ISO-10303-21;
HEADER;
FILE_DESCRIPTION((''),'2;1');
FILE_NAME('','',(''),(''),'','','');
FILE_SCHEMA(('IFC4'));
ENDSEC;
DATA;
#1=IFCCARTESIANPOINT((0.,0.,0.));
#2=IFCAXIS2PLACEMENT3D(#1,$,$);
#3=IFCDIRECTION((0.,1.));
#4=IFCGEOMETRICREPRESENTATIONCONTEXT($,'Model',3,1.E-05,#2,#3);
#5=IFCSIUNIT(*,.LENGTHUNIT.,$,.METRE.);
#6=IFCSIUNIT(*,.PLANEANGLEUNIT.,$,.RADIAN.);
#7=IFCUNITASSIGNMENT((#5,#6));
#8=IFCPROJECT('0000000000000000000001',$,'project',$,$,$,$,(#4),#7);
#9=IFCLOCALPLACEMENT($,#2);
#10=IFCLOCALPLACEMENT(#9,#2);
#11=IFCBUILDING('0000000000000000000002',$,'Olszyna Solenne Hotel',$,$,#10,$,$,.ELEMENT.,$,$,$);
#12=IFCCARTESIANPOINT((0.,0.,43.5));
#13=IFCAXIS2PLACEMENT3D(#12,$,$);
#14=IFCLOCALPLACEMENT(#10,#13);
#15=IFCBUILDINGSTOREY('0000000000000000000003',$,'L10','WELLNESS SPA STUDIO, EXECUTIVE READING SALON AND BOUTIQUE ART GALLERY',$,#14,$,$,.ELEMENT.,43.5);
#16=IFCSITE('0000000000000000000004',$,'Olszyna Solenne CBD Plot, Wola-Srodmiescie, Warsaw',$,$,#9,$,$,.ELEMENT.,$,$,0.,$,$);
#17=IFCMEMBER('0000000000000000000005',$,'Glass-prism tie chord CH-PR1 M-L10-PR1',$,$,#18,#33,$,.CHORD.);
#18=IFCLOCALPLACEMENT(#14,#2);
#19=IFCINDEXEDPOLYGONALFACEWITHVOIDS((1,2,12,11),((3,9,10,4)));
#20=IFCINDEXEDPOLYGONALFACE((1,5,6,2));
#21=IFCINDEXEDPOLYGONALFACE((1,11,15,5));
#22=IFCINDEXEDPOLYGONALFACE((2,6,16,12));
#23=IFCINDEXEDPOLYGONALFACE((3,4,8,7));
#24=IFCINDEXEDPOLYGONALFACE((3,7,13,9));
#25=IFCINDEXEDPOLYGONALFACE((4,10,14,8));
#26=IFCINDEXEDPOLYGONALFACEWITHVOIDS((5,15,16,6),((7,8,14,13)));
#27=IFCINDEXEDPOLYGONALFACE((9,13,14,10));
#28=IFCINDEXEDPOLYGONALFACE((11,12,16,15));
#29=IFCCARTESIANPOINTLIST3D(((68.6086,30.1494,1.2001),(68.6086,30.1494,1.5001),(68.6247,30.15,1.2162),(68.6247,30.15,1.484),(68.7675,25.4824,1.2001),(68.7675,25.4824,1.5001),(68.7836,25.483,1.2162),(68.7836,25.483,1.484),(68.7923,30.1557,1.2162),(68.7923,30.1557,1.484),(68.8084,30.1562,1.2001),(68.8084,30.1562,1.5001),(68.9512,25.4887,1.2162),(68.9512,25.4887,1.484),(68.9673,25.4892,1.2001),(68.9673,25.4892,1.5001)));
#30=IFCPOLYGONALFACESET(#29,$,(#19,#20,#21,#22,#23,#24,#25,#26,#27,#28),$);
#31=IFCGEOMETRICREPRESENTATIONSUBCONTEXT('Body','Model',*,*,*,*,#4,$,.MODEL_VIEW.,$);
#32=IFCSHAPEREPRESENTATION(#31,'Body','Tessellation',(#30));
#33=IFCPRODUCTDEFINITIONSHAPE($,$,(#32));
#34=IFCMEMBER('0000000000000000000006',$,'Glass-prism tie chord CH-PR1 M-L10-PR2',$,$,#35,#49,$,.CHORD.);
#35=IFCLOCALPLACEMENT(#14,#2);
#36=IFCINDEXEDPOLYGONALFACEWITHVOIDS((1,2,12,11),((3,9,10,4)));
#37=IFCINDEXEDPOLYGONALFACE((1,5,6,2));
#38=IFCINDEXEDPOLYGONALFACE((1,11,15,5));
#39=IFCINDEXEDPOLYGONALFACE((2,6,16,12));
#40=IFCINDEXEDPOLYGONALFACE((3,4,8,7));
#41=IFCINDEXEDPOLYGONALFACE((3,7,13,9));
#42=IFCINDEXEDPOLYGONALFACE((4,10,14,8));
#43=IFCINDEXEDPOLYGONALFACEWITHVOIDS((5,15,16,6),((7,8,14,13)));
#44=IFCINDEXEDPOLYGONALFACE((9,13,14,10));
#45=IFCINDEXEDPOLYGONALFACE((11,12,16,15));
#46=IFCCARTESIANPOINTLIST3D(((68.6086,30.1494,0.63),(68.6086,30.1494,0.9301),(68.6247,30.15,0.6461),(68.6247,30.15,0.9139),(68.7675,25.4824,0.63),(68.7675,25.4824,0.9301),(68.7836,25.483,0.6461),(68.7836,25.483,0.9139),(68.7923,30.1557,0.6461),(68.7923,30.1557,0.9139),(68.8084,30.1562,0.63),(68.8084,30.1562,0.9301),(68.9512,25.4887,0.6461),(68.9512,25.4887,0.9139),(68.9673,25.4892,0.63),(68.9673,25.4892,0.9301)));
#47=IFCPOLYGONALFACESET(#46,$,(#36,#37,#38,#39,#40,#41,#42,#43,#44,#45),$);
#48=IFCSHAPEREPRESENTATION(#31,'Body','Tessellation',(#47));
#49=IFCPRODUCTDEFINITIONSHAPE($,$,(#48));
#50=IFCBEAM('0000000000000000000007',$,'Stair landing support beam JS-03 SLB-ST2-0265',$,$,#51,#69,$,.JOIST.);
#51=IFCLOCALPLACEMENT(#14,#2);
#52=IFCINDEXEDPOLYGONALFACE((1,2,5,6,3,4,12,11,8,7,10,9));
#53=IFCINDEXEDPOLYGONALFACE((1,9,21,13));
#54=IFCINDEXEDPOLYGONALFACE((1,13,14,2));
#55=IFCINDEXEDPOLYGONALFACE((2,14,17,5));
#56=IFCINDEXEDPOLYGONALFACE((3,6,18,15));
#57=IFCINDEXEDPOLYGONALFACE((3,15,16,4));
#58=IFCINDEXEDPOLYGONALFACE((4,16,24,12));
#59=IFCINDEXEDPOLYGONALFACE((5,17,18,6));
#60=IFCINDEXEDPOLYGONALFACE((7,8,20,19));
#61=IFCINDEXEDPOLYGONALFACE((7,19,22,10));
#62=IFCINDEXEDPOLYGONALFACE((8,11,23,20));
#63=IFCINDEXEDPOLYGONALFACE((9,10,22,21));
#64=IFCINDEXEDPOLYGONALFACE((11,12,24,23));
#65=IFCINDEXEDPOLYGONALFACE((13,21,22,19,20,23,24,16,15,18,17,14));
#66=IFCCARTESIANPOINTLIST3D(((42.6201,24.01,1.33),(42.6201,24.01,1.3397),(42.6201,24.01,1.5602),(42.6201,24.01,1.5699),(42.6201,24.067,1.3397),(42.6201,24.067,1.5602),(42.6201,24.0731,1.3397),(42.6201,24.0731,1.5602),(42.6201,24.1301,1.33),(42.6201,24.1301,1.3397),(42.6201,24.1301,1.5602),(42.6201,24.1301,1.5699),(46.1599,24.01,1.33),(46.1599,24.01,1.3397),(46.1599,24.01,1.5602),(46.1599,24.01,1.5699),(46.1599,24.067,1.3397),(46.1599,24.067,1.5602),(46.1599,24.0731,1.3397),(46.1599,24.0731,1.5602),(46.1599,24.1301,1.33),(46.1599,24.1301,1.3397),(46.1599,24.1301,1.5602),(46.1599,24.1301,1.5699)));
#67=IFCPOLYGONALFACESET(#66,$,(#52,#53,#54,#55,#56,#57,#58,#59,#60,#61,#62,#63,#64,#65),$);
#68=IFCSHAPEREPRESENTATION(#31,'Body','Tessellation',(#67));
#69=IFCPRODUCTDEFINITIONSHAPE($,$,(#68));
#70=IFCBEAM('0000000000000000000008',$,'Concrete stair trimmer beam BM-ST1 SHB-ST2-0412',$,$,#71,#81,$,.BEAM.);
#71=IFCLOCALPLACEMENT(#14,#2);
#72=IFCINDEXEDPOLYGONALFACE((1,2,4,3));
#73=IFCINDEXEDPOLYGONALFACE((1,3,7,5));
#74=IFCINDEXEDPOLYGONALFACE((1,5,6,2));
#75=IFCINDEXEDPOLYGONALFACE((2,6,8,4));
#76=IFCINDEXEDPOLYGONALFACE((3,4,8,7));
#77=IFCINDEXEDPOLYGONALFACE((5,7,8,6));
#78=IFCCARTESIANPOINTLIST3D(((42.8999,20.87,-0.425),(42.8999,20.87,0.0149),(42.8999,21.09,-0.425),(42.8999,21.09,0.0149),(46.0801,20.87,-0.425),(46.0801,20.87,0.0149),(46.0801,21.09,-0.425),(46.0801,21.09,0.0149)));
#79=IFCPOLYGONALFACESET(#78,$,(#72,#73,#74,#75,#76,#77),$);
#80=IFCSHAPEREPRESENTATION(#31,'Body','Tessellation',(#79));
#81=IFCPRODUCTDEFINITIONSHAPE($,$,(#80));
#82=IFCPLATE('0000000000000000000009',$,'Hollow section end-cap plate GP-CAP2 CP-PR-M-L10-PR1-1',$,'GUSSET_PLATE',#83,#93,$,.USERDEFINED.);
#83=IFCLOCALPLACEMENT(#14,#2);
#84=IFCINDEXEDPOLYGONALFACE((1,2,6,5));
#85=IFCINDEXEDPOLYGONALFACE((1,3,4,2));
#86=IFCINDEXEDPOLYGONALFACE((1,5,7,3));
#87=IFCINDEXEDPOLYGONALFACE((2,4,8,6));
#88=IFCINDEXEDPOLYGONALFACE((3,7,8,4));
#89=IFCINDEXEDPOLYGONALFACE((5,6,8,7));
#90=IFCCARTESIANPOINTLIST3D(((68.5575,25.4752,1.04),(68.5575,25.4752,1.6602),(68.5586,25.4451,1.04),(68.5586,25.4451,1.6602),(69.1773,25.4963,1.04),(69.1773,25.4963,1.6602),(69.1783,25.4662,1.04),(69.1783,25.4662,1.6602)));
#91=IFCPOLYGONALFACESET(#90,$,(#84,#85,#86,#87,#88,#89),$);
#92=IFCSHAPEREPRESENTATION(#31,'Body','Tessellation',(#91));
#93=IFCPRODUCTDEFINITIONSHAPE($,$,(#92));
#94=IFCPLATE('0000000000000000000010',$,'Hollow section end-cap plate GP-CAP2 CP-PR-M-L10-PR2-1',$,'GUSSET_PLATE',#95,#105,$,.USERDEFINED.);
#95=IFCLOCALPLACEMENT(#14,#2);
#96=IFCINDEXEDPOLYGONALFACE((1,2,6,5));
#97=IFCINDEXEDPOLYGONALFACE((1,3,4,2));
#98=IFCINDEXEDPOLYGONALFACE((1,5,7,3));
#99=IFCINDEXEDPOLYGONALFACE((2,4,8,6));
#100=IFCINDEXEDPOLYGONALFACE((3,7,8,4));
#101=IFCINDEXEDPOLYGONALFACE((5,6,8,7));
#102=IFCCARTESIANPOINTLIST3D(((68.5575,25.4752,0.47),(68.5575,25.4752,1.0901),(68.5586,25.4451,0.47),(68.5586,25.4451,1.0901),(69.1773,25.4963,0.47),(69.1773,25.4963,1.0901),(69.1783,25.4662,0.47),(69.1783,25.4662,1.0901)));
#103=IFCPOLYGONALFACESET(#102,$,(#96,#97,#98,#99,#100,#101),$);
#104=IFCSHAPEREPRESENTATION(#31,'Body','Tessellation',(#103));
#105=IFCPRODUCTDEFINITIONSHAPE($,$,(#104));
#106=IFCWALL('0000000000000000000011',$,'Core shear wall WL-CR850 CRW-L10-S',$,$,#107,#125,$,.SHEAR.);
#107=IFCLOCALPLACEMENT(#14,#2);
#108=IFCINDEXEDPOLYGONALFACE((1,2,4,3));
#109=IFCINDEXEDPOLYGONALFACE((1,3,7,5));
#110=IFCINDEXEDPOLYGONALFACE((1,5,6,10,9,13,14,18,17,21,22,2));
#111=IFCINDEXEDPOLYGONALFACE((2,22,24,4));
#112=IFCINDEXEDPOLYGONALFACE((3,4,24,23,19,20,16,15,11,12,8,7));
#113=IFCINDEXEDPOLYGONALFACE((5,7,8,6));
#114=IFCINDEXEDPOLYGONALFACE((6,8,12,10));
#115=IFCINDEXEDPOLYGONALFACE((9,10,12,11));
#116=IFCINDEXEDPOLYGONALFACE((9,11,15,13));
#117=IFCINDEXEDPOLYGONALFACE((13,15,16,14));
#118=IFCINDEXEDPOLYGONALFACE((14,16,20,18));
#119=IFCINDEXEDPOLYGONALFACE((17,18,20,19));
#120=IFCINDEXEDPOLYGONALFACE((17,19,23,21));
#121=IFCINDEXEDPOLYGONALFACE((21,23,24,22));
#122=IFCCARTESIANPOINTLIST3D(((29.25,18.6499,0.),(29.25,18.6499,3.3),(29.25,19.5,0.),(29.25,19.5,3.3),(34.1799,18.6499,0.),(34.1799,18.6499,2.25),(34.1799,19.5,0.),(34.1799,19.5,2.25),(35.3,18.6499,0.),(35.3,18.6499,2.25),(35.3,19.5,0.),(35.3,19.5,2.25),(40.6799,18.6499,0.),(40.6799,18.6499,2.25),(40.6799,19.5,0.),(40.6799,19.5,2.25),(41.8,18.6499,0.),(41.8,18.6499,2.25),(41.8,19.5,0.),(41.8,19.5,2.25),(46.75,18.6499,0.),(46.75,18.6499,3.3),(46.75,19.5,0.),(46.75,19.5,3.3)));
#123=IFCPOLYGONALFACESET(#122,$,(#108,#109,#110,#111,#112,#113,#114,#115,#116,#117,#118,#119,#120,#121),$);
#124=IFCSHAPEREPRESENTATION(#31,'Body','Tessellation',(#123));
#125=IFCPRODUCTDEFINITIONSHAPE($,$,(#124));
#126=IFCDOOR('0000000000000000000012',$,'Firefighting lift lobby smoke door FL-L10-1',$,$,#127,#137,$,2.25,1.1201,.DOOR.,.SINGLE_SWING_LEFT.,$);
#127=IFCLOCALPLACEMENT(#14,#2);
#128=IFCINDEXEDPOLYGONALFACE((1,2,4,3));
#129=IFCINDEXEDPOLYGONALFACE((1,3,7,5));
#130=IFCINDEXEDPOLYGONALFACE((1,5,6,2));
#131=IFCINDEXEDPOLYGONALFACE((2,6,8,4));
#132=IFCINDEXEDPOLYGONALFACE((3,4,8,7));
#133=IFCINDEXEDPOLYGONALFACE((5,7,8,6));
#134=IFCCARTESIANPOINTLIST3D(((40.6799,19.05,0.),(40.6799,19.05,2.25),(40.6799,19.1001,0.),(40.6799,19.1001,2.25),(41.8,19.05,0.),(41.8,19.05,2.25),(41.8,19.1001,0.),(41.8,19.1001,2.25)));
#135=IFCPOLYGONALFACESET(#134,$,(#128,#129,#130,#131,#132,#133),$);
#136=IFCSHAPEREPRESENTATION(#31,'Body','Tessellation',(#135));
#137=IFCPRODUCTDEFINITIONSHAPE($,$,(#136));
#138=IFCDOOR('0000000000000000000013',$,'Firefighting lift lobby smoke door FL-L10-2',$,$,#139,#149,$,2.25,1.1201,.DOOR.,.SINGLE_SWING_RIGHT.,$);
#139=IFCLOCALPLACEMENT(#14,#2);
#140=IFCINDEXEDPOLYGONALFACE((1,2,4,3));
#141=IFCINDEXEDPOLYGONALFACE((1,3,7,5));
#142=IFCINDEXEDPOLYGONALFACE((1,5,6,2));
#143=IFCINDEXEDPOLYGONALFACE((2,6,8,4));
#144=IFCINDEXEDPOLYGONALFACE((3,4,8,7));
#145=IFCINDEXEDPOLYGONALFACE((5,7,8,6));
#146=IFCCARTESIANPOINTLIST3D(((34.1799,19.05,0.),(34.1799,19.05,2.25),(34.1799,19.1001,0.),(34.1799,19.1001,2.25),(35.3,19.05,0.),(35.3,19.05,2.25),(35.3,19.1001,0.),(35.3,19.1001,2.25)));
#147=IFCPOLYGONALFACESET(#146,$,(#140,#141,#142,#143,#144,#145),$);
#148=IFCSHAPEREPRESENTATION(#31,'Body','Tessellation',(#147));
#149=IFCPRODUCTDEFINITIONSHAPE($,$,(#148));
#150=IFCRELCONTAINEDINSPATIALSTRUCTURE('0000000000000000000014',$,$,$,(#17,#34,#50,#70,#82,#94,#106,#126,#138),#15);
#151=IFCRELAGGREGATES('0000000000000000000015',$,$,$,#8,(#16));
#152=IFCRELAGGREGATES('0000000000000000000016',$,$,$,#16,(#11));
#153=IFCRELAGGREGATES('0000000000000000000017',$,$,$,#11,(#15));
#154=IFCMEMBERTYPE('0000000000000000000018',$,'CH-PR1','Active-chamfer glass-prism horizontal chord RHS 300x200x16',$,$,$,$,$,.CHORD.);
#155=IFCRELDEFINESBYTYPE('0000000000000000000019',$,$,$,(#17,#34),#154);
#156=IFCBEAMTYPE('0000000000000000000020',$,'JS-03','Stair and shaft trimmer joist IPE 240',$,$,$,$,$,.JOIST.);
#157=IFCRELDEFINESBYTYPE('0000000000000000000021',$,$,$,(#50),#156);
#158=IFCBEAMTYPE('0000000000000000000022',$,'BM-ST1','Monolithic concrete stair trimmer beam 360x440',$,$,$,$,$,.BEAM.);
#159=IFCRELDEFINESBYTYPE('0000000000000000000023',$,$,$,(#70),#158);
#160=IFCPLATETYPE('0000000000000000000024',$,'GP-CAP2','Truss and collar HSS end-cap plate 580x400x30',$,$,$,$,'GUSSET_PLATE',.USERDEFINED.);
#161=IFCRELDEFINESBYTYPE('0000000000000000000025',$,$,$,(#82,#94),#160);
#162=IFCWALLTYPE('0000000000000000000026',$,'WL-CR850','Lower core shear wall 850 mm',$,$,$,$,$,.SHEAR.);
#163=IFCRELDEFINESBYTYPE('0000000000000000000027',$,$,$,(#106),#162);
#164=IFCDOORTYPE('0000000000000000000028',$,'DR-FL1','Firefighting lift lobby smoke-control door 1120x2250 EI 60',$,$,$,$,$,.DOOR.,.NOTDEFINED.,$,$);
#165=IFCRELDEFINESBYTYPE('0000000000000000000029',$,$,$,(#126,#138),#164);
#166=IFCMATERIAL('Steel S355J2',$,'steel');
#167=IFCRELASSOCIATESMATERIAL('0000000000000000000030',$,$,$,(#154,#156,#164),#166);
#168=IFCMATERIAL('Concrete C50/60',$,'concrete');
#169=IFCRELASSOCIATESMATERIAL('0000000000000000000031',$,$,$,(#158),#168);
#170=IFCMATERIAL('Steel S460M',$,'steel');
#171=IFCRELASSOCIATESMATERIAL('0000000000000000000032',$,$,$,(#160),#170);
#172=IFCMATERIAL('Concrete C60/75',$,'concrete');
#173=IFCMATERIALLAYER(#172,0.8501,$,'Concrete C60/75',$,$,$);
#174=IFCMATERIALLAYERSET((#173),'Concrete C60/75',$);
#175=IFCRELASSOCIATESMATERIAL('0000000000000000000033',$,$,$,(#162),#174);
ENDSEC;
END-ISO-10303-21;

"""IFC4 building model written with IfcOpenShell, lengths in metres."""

from ifc_helpers import new_model, si_unit, direction, frame, frame_2d, origin, origin_2d, place, context, subcontext, project, spatial, rectangle, hollow_rectangle, i_section, extrude, source, transform, mapped, material, layer, layer_set, material_profile, profile_set, type_object, type_shapes, element, fill, save


model = new_model("IFC4")

# Units and contexts
model_context = context("Model", 3, precision=1e-05, world=origin(), true_north=direction((0.0, 1.0)))
body_context = subcontext(model_context, "Body", "Model", "MODEL_VIEW")
ifc_project = project(units=[si_unit("LENGTHUNIT", "METRE"), si_unit("PLANEANGLEUNIT", "RADIAN")], contexts=[model_context])

# Site, building, storey
site_placement = place(None, origin())
site = spatial("IfcSite", under=ifc_project, at=site_placement, Name="Olszyna Solenne CBD Plot, Wola-Srodmiescie, Warsaw", CompositionType="ELEMENT", RefElevation=0.0)
building_placement = place(site_placement, origin())
building = spatial("IfcBuilding", under=site, at=building_placement, Name="Olszyna Solenne Hotel", CompositionType="ELEMENT")
storey_placement = place(building_placement, frame((0.0, 0.0, 43.5)))
storey = spatial("IfcBuildingStorey", under=building, at=storey_placement, Name="L10", Description="WELLNESS SPA STUDIO, EXECUTIVE READING SALON AND BOUTIQUE ART GALLERY", CompositionType="ELEMENT", Elevation=43.5)

# Shared definitions
ifc_material_1 = material(Name="Steel S460M", Category="steel")

# Shared definitions
ifc_material_2 = material(Name="Steel S355J2", Category="steel")

# Members
ifc_material_profile_1 = material_profile(ifc_material_2, hollow_rectangle(XDim=0.2, YDim=0.3, WallThickness=0.0161, at=origin_2d()), Name="RHS 300x200x16", Category="load-bearing")
ifc_profile_set_1 = profile_set([ifc_material_profile_1], Name="Steel S355J2")
member_type = type_object("IfcMemberType", Name="CH-PR1", Description="Active-chamfer glass-prism horizontal chord RHS 300x200x16", PredefinedType="CHORD", material=ifc_profile_set_1)
shared_shape_1 = source(origin(), body_context, "Body", "SweptSolid", [
    extrude(hollow_rectangle(XDim=0.2, YDim=0.3, WallThickness=0.0161, at=origin_2d()), origin(), (0.0, 0.0, 1.0), 4.6697),
])
for number, where, z_axis, x_axis, name in (
    (1, (68.8674, 25.4858, 1.3501), (-0.034036, 0.999421, 0.0), (-0.999421, -0.034036, 0.0), "Glass-prism tie chord CH-PR1 M-L10-PR1"),
    (2, (68.8674, 25.4858, 0.78), (-0.034036, 0.999421, 0.0), (-0.999421, -0.034036, 0.0), "Glass-prism tie chord CH-PR1 M-L10-PR2"),
):
    element("IfcMember", number, at=place(storey_placement, frame(where, z_axis=z_axis, x_axis=x_axis)), inside=storey, type_object=member_type, Name=name, PredefinedType="CHORD", context=body_context, shape_type="MappedRepresentation", body=[
        mapped(shared_shape_1, transform((0.0, 0.0, 0.0), x_axis=(1.0, 0.0, 0.0), y_axis=(0.0, 1.0, 0.0), z_axis=(0.0, 0.0, 1.0), scale=1.0)),
    ])

# Beams
ifc_material_profile_2 = material_profile(ifc_material_2, i_section(OverallWidth=0.1201, OverallDepth=0.24, WebThickness=0.0061, FlangeThickness=0.0098, at=origin_2d()), Name="IPE 240", Category="load-bearing")
ifc_profile_set_2 = profile_set([ifc_material_profile_2], Name="Steel S355J2")
beam_type_1 = type_object("IfcBeamType", Name="JS-03", Description="Stair and shaft trimmer joist IPE 240", PredefinedType="JOIST", material=ifc_profile_set_2)
shared_shape_2 = source(origin(), body_context, "Body", "SweptSolid", [
    extrude(i_section(OverallWidth=0.1201, OverallDepth=0.24, WebThickness=0.0061, FlangeThickness=0.0098, at=origin_2d()), origin(), (0.0, 0.0, 1.0), 3.5398),
])
beam_1_placement = place(storey_placement, frame((46.1599, 24.0701, 1.45), z_axis=(-1.0, 0.0, 0.0), x_axis=(0.0, -1.0, 0.0)))
element("IfcBeam", 3, at=beam_1_placement, inside=storey, type_object=beam_type_1, Name="Stair landing support beam JS-03 SLB-ST2-0265", PredefinedType="JOIST", context=body_context, shape_type="MappedRepresentation", body=[
    mapped(shared_shape_2, transform((0.0, 0.0, 0.0), x_axis=(1.0, 0.0, 0.0), y_axis=(0.0, 1.0, 0.0), z_axis=(0.0, 0.0, 1.0), scale=1.0)),
])
ifc_material_3 = material(Name="Concrete C50/60", Category="concrete")
ifc_material_profile_3 = material_profile(ifc_material_3, rectangle(XDim=0.22, YDim=0.4399, at=origin_2d()), Name="RC 220x440", Category="load-bearing")
ifc_profile_set_3 = profile_set([ifc_material_profile_3], Name="Concrete C50/60")
beam_type_2 = type_object("IfcBeamType", Name="BM-ST1", Description="Monolithic concrete stair trimmer beam 360x440", PredefinedType="BEAM", material=ifc_profile_set_3)
shared_shape_3 = source(origin(), body_context, "Body", "SweptSolid", [
    extrude(rectangle(XDim=0.22, YDim=0.4399, at=origin_2d()), origin(), (0.0, 0.0, 1.0), 3.1802),
])
beam_2_placement = place(storey_placement, frame((46.0801, 20.98, -0.2051), z_axis=(-1.0, 0.0, 0.0), x_axis=(0.0, -1.0, 0.0)))
element("IfcBeam", 4, at=beam_2_placement, inside=storey, type_object=beam_type_2, Name="Concrete stair trimmer beam BM-ST1 SHB-ST2-0412", PredefinedType="BEAM", context=body_context, shape_type="MappedRepresentation", body=[
    mapped(shared_shape_3, transform((0.0, 0.0, 0.0), x_axis=(1.0, 0.0, 0.0), y_axis=(0.0, 1.0, 0.0), z_axis=(0.0, 0.0, 1.0), scale=1.0)),
])

# Plates
plate_type = type_object("IfcPlateType", Name="GP-CAP2", Description="Truss and collar HSS end-cap plate 580x400x30", ElementType="GUSSET_PLATE", PredefinedType="USERDEFINED", material=ifc_material_1)
shared_shape_4 = source(origin(), body_context, "Body", "SweptSolid", [
    extrude(rectangle(XDim=0.03, YDim=0.6201, at=origin_2d()), origin(), (0.0, 0.0, 1.0), 0.6201),
])
for number, where, z_axis, x_axis, name in (
    (5, (68.8679, 25.4707, 1.04), (0.0, 0.0, 1.0), (-0.034027, 0.999421, 0.0), "Hollow section end-cap plate GP-CAP2 CP-PR-M-L10-PR1-1"),
    (6, (68.8679, 25.4707, 0.47), (0.0, 0.0, 1.0), (-0.034027, 0.999421, 0.0), "Hollow section end-cap plate GP-CAP2 CP-PR-M-L10-PR2-1"),
):
    element("IfcPlate", number, at=place(storey_placement, frame(where, z_axis=z_axis, x_axis=x_axis)), inside=storey, type_object=plate_type, Name=name, ObjectType="GUSSET_PLATE", PredefinedType="USERDEFINED", context=body_context, shape_type="MappedRepresentation", body=[
        mapped(shared_shape_4, transform((0.0, 0.0, 0.0), x_axis=(1.0, 0.0, 0.0), y_axis=(0.0, 1.0, 0.0), z_axis=(0.0, 0.0, 1.0), scale=1.0)),
    ])

# Wall, openings, doors
ifc_material_4 = material(Name="Concrete C60/75", Category="concrete")
ifc_layer_1 = layer(ifc_material_4, 0.8501, Name="Concrete C60/75")
ifc_layer_set_1 = layer_set([ifc_layer_1], Name="Concrete C60/75")
wall_type_1 = type_object("IfcWallType", Name="WL-CR850", Description="Lower core shear wall 850 mm", PredefinedType="SHEAR", material=ifc_layer_set_1)
wall_1_placement = place(storey_placement, frame((46.75, 19.075, 0.0), z_axis=(0.0, 0.0, 1.0), x_axis=(-1.0, 0.0, 0.0)))
wall_1 = element("IfcWall", 7, at=wall_1_placement, inside=storey, type_object=wall_type_1, Name="Core shear wall WL-CR850 CRW-L10-S", PredefinedType="SHEAR", context=body_context, shape_type="SweptSolid", body=[
    extrude(rectangle(XDim=17.5, YDim=0.8501, at=frame_2d((8.75, 0.0))), origin(), (0.0, 0.0, 1.0), 3.3),
])
opening_1_placement = place(wall_1_placement, frame((4.95, 0.0, 0.0)))
opening_1 = element("IfcOpeningElement", 8, at=opening_1_placement, cuts=wall_1, PredefinedType="OPENING", context=body_context, shape_type="SweptSolid", body=[
    extrude(rectangle(XDim=1.1201, YDim=2.25, at=frame_2d((0.5601, 1.125))), frame((0.0, 0.4351, 0.0), z_axis=(0.0, -1.0, 0.0), x_axis=(1.0, 0.0, 0.0)), (0.0, 0.0, 1.0), 0.8701),
])
opening_2_placement = place(wall_1_placement, frame((11.45, 0.0, 0.0)))
opening_2 = element("IfcOpeningElement", 9, at=opening_2_placement, cuts=wall_1, PredefinedType="OPENING", context=body_context, shape_type="SweptSolid", body=[
    extrude(rectangle(XDim=1.1201, YDim=2.25, at=frame_2d((0.5601, 1.125))), frame((0.0, 0.4351, 0.0), z_axis=(0.0, -1.0, 0.0), x_axis=(1.0, 0.0, 0.0)), (0.0, 0.0, 1.0), 0.8701),
])
door_type_1 = type_object("IfcDoorType", Name="DR-FL1", Description="Firefighting lift lobby smoke-control door 1120x2250 EI 60", OperationType="NOTDEFINED", PredefinedType="DOOR", material=ifc_material_2)
shared_shape_5 = source(origin(), body_context, "Body", "SweptSolid", [
    extrude(rectangle(XDim=1.1201, YDim=2.25, at=frame_2d((0.5601, 1.125))), frame((0.0, 0.0249, 0.0), z_axis=(0.0, -1.0, 0.0), x_axis=(1.0, 0.0, 0.0)), (0.0, 0.0, 1.0), 0.05),
])
type_shapes(door_type_1, [shared_shape_5])
door_1_placement = place(opening_1_placement, origin())
door_1 = element("IfcDoor", 10, at=door_1_placement, inside=storey, type_object=door_type_1, Name="Firefighting lift lobby smoke door FL-L10-1", OperationType="SINGLE_SWING_LEFT", OverallHeight=2.25, OverallWidth=1.1201, PredefinedType="DOOR", context=body_context, shape_type="MappedRepresentation", body=[
    mapped(shared_shape_5, transform((0.0, 0.0, 0.0), x_axis=(1.0, 0.0, 0.0), y_axis=(0.0, 1.0, 0.0), z_axis=(0.0, 0.0, 1.0), scale=1.0)),
])
fill(opening_1, door_1)
door_2_placement = place(opening_2_placement, origin())
door_2 = element("IfcDoor", 11, at=door_2_placement, inside=storey, type_object=door_type_1, Name="Firefighting lift lobby smoke door FL-L10-2", OperationType="SINGLE_SWING_RIGHT", OverallHeight=2.25, OverallWidth=1.1201, PredefinedType="DOOR", context=body_context, shape_type="MappedRepresentation", body=[
    mapped(shared_shape_5, transform((0.0, 0.0, 0.0), x_axis=(1.0, 0.0, 0.0), y_axis=(0.0, 1.0, 0.0), z_axis=(0.0, 0.0, 1.0), scale=1.0)),
])
fill(opening_2, door_2)

save(model, "model.ifc")
